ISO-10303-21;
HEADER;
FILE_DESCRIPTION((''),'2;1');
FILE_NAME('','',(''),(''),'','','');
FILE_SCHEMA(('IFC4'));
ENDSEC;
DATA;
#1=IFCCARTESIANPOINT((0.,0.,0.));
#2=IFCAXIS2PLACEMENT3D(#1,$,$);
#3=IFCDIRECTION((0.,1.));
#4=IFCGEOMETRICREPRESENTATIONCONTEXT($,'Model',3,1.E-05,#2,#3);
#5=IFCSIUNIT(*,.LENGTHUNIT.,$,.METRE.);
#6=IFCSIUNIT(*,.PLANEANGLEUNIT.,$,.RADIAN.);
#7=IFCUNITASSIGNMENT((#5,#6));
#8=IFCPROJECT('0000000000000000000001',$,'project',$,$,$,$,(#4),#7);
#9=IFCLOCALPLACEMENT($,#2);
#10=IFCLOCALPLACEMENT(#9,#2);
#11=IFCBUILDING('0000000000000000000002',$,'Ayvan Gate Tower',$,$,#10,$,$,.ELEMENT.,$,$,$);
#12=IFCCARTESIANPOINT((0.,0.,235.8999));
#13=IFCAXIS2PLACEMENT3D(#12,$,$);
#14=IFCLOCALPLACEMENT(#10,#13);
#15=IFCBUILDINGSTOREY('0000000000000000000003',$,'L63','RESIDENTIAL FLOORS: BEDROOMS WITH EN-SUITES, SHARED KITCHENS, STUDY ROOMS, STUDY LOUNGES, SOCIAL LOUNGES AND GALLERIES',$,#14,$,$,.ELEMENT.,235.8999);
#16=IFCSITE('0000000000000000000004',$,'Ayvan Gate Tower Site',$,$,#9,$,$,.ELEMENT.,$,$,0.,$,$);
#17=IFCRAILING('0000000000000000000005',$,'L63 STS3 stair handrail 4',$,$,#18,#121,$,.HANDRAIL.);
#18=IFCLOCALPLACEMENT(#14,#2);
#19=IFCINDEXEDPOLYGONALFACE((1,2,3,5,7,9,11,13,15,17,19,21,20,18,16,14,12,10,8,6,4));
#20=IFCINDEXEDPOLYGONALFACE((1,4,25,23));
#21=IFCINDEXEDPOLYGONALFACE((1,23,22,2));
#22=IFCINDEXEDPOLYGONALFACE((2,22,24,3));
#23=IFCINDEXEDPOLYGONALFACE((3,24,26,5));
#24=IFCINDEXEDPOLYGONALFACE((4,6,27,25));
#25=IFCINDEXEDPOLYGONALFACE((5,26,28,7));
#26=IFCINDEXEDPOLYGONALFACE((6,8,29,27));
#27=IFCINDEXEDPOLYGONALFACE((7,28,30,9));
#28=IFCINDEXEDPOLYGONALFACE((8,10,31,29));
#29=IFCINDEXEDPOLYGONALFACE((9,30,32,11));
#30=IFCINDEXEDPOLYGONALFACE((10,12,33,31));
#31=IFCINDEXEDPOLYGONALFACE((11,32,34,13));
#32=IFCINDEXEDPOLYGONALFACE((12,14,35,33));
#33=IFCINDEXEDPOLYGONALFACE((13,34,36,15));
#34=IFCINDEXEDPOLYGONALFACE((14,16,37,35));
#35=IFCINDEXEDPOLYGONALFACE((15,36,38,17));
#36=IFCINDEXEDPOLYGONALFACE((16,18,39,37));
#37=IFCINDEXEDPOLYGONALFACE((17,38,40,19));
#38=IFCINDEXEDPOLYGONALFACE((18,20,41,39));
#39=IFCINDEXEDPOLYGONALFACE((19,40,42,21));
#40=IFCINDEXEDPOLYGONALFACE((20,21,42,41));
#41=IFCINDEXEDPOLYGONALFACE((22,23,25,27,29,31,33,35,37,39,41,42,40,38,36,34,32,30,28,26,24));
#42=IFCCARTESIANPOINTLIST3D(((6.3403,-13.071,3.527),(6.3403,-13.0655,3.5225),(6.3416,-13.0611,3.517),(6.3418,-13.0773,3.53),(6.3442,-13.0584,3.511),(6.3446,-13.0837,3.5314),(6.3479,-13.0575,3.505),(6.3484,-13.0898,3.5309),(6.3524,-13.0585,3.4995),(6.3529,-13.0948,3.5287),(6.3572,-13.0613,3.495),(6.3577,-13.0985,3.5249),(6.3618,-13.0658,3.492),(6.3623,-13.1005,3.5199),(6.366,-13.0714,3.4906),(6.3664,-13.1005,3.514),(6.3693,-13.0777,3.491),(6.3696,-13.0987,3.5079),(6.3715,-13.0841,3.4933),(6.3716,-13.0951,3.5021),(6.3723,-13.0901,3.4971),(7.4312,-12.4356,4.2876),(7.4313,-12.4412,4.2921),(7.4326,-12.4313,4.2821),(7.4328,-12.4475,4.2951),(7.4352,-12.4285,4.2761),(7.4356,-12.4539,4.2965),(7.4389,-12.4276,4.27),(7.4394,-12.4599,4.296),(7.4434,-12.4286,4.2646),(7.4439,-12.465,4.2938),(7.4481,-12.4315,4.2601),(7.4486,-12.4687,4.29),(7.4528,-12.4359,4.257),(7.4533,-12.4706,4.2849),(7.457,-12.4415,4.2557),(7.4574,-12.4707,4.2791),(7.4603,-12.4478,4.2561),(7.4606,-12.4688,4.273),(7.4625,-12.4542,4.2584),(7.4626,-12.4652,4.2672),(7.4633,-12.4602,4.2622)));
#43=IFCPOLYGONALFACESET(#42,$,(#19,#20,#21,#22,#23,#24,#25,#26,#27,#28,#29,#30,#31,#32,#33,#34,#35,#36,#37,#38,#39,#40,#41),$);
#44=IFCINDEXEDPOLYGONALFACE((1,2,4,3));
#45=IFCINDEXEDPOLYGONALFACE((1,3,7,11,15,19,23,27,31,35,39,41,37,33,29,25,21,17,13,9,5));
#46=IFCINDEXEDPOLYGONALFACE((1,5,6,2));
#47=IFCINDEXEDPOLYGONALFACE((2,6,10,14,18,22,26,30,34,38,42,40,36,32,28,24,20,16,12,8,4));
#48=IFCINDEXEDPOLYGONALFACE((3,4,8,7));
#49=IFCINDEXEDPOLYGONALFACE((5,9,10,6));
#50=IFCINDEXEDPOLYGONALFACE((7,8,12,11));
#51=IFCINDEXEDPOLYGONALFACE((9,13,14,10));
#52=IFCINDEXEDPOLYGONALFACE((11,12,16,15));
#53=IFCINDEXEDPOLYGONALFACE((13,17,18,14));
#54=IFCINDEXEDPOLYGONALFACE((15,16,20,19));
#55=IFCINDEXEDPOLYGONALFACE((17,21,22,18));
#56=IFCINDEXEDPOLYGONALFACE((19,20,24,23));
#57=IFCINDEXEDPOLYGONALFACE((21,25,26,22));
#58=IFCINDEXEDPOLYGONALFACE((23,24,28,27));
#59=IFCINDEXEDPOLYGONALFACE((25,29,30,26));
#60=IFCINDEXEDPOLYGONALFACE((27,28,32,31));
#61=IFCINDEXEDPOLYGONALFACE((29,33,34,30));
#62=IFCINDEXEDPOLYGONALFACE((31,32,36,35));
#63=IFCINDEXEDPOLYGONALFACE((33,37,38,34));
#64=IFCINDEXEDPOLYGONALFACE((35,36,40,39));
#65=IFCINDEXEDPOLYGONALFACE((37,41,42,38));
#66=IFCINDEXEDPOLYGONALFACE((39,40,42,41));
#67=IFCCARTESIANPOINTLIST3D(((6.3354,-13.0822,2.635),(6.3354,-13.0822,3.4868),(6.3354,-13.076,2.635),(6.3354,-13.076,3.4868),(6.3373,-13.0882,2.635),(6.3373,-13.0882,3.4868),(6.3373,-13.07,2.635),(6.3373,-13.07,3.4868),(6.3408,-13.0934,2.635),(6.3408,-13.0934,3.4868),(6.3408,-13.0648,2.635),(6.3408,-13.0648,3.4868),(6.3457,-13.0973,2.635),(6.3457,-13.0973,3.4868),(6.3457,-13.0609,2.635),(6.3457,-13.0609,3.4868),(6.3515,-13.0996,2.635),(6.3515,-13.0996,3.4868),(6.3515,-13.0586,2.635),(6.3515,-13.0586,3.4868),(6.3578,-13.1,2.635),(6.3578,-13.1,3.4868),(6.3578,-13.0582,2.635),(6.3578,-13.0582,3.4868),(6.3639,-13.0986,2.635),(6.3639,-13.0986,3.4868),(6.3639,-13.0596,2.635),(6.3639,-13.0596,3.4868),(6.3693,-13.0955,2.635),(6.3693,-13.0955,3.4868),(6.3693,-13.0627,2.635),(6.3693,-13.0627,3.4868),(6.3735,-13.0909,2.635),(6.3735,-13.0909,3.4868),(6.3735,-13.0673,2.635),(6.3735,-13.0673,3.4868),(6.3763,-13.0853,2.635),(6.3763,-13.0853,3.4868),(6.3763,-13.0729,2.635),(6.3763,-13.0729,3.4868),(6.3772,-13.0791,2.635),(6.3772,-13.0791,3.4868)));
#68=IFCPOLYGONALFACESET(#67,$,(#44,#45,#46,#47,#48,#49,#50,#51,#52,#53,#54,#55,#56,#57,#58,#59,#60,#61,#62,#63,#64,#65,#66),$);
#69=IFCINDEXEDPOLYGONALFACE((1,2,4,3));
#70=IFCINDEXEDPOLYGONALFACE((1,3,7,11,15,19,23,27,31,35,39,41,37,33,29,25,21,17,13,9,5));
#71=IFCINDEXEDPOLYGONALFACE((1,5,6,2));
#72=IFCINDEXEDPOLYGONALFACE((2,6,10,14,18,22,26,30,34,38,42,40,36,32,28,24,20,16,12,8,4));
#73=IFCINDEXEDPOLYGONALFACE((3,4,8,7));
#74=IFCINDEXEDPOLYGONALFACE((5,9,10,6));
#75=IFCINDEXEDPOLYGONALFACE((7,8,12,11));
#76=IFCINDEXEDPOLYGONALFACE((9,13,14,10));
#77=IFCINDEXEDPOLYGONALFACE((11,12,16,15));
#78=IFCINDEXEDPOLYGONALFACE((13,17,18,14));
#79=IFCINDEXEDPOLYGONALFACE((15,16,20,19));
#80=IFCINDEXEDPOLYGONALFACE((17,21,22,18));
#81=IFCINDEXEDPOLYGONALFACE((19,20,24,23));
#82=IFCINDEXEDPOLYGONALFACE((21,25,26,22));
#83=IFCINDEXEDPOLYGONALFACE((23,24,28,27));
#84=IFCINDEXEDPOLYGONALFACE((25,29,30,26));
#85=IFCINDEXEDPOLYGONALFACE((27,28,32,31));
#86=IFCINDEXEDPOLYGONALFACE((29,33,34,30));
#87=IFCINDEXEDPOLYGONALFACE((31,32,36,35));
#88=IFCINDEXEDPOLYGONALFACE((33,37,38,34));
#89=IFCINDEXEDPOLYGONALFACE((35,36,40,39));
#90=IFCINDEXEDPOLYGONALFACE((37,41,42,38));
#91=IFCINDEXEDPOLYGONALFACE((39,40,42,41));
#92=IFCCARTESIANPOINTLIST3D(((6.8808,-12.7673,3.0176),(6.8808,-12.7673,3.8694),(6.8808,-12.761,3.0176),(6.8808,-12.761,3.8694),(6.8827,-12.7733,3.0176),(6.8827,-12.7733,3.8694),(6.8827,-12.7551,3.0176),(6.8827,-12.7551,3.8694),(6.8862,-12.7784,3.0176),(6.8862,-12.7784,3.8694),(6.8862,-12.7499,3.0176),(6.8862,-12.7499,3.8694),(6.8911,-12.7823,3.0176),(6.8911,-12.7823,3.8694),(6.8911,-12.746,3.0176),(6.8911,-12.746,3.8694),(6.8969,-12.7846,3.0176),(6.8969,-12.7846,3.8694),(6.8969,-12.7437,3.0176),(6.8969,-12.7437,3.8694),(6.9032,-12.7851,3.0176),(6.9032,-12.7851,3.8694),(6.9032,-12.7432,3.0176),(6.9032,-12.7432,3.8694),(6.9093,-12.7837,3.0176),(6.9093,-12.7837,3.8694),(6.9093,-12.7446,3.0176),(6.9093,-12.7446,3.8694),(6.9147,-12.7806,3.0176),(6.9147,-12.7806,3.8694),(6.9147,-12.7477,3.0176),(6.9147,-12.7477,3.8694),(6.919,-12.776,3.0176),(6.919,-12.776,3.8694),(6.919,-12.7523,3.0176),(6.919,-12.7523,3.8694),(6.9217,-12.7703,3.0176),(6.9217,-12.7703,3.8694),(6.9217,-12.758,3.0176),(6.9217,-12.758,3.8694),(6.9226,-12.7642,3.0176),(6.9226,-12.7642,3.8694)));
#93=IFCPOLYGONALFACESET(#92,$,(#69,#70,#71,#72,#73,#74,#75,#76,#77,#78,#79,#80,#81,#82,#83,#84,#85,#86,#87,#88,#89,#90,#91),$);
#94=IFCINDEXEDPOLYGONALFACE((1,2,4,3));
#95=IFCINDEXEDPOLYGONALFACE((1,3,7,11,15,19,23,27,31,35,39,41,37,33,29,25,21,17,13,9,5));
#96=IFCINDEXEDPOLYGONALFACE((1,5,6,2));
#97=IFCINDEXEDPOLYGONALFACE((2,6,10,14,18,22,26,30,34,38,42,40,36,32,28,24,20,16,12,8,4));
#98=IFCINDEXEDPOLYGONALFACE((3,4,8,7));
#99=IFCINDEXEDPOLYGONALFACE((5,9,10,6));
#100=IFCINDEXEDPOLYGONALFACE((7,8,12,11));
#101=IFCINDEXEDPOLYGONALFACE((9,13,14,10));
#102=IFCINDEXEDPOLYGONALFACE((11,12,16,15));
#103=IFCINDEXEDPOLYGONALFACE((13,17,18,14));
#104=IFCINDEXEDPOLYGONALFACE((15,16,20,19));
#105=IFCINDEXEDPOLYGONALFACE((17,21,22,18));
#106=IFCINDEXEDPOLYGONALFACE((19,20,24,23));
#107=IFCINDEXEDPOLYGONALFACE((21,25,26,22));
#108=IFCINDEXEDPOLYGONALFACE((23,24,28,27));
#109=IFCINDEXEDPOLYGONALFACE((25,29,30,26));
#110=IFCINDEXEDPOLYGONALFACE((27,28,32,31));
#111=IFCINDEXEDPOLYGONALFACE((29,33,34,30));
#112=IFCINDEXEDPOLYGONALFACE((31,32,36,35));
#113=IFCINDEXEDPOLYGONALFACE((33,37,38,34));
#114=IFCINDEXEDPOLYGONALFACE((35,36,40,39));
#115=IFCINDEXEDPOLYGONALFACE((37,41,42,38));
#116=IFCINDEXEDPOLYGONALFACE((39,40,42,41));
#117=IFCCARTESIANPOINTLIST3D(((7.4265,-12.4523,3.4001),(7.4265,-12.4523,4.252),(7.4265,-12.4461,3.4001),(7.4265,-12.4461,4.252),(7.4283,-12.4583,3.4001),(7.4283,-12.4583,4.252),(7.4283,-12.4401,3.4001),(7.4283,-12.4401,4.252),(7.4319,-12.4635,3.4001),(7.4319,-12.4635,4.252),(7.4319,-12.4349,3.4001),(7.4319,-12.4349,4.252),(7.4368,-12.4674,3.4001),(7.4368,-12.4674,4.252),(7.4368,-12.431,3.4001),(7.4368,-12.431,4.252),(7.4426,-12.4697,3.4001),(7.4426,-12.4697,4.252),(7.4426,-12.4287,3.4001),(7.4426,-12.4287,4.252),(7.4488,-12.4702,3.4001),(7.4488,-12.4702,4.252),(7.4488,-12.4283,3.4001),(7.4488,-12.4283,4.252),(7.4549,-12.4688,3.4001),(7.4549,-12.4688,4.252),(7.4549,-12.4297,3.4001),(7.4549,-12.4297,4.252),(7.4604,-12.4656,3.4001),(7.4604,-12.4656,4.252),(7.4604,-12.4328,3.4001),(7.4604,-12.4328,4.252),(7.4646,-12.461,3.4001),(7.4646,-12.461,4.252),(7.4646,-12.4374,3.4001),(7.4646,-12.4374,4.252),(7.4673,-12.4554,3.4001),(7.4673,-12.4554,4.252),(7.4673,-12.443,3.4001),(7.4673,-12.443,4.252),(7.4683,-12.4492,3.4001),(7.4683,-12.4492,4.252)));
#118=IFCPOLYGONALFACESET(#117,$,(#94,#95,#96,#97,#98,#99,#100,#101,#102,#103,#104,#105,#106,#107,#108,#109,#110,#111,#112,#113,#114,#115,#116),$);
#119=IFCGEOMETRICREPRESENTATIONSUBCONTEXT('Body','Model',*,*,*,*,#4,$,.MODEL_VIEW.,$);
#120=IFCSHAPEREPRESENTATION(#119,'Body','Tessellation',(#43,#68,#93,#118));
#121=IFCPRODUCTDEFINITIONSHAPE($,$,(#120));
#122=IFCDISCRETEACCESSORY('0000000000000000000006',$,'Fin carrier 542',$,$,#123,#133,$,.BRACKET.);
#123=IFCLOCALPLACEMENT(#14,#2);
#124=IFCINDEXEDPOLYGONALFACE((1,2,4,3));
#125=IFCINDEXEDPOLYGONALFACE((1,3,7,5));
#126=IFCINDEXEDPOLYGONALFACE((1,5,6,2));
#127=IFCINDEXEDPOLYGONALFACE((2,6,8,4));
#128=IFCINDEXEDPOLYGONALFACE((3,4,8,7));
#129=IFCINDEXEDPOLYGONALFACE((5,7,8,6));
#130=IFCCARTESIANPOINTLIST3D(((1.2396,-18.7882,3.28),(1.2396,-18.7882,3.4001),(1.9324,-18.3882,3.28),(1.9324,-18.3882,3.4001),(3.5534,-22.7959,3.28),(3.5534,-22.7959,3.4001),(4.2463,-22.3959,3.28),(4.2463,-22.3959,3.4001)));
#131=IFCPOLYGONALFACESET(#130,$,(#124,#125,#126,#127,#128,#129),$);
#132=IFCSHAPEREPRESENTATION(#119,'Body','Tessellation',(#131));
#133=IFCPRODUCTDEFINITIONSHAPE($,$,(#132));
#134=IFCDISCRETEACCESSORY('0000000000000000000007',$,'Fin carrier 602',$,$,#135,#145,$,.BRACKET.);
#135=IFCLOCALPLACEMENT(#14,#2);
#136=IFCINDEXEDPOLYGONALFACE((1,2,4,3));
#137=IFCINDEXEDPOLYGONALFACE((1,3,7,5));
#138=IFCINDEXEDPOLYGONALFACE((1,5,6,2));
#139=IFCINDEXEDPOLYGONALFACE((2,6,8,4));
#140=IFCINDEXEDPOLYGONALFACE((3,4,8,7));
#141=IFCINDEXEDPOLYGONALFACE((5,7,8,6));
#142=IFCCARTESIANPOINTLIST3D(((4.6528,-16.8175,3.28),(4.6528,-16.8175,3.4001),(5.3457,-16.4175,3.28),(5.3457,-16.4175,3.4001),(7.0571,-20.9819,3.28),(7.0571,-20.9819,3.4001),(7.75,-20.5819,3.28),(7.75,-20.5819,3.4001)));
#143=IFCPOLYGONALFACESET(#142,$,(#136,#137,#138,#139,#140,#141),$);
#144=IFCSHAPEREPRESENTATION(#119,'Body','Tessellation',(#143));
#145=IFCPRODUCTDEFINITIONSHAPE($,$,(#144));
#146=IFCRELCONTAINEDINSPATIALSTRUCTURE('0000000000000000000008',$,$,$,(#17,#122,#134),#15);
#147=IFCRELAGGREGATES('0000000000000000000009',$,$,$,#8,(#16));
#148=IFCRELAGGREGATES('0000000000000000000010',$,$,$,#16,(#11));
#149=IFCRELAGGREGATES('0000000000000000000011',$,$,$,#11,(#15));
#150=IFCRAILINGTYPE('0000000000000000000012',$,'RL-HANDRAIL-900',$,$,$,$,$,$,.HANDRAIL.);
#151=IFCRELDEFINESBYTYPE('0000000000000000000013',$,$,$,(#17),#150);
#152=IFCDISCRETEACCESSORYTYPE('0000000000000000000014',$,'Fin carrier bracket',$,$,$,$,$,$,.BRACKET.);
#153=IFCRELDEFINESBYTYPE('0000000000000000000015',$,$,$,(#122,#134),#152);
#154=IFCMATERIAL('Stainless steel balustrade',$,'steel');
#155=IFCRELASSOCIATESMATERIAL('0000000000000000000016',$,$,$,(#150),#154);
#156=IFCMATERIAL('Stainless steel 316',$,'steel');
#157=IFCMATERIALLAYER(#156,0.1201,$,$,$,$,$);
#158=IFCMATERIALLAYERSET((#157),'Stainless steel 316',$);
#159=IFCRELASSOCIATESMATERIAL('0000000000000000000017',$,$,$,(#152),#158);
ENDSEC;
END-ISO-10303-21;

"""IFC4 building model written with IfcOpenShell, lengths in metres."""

from ifc_helpers import new_model, si_unit, direction, frame, origin, origin_2d, place, context, subcontext, project, spatial, rectangle, circle, extrude, material, layer, layer_set, type_object, element, save


model = new_model("IFC4")

# Units and contexts
model_context = context("Model", 3, precision=1e-05, world=origin(), true_north=direction((0.0, 1.0)))
body_context = subcontext(model_context, "Body", "Model", "MODEL_VIEW")
ifc_project = project(units=[si_unit("LENGTHUNIT", "METRE"), si_unit("PLANEANGLEUNIT", "RADIAN")], contexts=[model_context])

# Site, building, storey
site_placement = place(None, origin())
site = spatial("IfcSite", under=ifc_project, at=site_placement, Name="Ayvan Gate Tower Site", CompositionType="ELEMENT", RefElevation=0.0)
building_placement = place(site_placement, origin())
building = spatial("IfcBuilding", under=site, at=building_placement, Name="Ayvan Gate Tower", CompositionType="ELEMENT")
storey_placement = place(building_placement, frame((0.0, 0.0, 235.8999)))
storey = spatial("IfcBuildingStorey", under=building, at=storey_placement, Name="L63", Description="RESIDENTIAL FLOORS: BEDROOMS WITH EN-SUITES, SHARED KITCHENS, STUDY ROOMS, STUDY LOUNGES, SOCIAL LOUNGES AND GALLERIES", CompositionType="ELEMENT", Elevation=235.8999)

# Railing
ifc_material_1 = material(Name="Stainless steel balustrade", Category="steel")
railing_type_1 = type_object("IfcRailingType", Name="RL-HANDRAIL-900", PredefinedType="HANDRAIL", material=ifc_material_1)
railing_1_placement = place(storey_placement, frame((6.3562, -13.0791, 2.635)))
element("IfcRailing", 1, at=railing_1_placement, inside=storey, type_object=railing_type_1, Name="L63 STS3 stair handrail 4", PredefinedType="HANDRAIL", context=body_context, shape_type="SweptSolid", body=[
    extrude(circle(Radius=0.0239, at=origin_2d()), frame((0.0, 0.0, 0.876), z_axis=(0.740218, 0.427336, 0.519097), x_axis=(-0.499974, 0.86604, 0.0)), (0.0, 0.0, 1.0), 1.4739),
    extrude(circle(Radius=0.021, at=origin_2d()), origin(), (0.0, 0.0, 1.0), 0.8518),
    extrude(circle(Radius=0.021, at=origin_2d()), frame((0.5454, 0.3149, 0.3826)), (0.0, 0.0, 1.0), 0.8518),
    extrude(circle(Radius=0.021, at=origin_2d()), frame((1.0911, 0.6299, 0.7651)), (0.0, 0.0, 1.0), 0.8518),
])

# Discrete accessories
ifc_material_2 = material(Name="Stainless steel 316", Category="steel")
ifc_layer_1 = layer(ifc_material_2, 0.1201)
ifc_layer_set_1 = layer_set([ifc_layer_1], Name="Stainless steel 316")
discrete_accessory_type = type_object("IfcDiscreteAccessoryType", Name="Fin carrier bracket", PredefinedType="BRACKET", material=ifc_layer_set_1)
discrete_accessory_1_placement = place(storey_placement, frame((2.7429, -20.592, 3.28), z_axis=(0.0, 0.0, 1.0), x_axis=(0.866025, 0.5, 0.0)))
element("IfcDiscreteAccessory", 2, at=discrete_accessory_1_placement, inside=storey, type_object=discrete_accessory_type, Name="Fin carrier 542", PredefinedType="BRACKET", context=body_context, shape_type="SweptSolid", body=[
    extrude(rectangle(XDim=0.8, YDim=4.6277, at=origin_2d()), origin(), (0.0, 0.0, 1.0), 0.1201),
])
discrete_accessory_2_placement = place(storey_placement, frame((6.2014, -18.6997, 3.28), z_axis=(0.0, 0.0, 1.0), x_axis=(0.866025, 0.5, 0.0)))
element("IfcDiscreteAccessory", 3, at=discrete_accessory_2_placement, inside=storey, type_object=discrete_accessory_type, Name="Fin carrier 602", PredefinedType="BRACKET", context=body_context, shape_type="SweptSolid", body=[
    extrude(rectangle(XDim=0.8, YDim=4.8086, at=origin_2d()), origin(), (0.0, 0.0, 1.0), 0.1201),
])

save(model, "model.ifc")
